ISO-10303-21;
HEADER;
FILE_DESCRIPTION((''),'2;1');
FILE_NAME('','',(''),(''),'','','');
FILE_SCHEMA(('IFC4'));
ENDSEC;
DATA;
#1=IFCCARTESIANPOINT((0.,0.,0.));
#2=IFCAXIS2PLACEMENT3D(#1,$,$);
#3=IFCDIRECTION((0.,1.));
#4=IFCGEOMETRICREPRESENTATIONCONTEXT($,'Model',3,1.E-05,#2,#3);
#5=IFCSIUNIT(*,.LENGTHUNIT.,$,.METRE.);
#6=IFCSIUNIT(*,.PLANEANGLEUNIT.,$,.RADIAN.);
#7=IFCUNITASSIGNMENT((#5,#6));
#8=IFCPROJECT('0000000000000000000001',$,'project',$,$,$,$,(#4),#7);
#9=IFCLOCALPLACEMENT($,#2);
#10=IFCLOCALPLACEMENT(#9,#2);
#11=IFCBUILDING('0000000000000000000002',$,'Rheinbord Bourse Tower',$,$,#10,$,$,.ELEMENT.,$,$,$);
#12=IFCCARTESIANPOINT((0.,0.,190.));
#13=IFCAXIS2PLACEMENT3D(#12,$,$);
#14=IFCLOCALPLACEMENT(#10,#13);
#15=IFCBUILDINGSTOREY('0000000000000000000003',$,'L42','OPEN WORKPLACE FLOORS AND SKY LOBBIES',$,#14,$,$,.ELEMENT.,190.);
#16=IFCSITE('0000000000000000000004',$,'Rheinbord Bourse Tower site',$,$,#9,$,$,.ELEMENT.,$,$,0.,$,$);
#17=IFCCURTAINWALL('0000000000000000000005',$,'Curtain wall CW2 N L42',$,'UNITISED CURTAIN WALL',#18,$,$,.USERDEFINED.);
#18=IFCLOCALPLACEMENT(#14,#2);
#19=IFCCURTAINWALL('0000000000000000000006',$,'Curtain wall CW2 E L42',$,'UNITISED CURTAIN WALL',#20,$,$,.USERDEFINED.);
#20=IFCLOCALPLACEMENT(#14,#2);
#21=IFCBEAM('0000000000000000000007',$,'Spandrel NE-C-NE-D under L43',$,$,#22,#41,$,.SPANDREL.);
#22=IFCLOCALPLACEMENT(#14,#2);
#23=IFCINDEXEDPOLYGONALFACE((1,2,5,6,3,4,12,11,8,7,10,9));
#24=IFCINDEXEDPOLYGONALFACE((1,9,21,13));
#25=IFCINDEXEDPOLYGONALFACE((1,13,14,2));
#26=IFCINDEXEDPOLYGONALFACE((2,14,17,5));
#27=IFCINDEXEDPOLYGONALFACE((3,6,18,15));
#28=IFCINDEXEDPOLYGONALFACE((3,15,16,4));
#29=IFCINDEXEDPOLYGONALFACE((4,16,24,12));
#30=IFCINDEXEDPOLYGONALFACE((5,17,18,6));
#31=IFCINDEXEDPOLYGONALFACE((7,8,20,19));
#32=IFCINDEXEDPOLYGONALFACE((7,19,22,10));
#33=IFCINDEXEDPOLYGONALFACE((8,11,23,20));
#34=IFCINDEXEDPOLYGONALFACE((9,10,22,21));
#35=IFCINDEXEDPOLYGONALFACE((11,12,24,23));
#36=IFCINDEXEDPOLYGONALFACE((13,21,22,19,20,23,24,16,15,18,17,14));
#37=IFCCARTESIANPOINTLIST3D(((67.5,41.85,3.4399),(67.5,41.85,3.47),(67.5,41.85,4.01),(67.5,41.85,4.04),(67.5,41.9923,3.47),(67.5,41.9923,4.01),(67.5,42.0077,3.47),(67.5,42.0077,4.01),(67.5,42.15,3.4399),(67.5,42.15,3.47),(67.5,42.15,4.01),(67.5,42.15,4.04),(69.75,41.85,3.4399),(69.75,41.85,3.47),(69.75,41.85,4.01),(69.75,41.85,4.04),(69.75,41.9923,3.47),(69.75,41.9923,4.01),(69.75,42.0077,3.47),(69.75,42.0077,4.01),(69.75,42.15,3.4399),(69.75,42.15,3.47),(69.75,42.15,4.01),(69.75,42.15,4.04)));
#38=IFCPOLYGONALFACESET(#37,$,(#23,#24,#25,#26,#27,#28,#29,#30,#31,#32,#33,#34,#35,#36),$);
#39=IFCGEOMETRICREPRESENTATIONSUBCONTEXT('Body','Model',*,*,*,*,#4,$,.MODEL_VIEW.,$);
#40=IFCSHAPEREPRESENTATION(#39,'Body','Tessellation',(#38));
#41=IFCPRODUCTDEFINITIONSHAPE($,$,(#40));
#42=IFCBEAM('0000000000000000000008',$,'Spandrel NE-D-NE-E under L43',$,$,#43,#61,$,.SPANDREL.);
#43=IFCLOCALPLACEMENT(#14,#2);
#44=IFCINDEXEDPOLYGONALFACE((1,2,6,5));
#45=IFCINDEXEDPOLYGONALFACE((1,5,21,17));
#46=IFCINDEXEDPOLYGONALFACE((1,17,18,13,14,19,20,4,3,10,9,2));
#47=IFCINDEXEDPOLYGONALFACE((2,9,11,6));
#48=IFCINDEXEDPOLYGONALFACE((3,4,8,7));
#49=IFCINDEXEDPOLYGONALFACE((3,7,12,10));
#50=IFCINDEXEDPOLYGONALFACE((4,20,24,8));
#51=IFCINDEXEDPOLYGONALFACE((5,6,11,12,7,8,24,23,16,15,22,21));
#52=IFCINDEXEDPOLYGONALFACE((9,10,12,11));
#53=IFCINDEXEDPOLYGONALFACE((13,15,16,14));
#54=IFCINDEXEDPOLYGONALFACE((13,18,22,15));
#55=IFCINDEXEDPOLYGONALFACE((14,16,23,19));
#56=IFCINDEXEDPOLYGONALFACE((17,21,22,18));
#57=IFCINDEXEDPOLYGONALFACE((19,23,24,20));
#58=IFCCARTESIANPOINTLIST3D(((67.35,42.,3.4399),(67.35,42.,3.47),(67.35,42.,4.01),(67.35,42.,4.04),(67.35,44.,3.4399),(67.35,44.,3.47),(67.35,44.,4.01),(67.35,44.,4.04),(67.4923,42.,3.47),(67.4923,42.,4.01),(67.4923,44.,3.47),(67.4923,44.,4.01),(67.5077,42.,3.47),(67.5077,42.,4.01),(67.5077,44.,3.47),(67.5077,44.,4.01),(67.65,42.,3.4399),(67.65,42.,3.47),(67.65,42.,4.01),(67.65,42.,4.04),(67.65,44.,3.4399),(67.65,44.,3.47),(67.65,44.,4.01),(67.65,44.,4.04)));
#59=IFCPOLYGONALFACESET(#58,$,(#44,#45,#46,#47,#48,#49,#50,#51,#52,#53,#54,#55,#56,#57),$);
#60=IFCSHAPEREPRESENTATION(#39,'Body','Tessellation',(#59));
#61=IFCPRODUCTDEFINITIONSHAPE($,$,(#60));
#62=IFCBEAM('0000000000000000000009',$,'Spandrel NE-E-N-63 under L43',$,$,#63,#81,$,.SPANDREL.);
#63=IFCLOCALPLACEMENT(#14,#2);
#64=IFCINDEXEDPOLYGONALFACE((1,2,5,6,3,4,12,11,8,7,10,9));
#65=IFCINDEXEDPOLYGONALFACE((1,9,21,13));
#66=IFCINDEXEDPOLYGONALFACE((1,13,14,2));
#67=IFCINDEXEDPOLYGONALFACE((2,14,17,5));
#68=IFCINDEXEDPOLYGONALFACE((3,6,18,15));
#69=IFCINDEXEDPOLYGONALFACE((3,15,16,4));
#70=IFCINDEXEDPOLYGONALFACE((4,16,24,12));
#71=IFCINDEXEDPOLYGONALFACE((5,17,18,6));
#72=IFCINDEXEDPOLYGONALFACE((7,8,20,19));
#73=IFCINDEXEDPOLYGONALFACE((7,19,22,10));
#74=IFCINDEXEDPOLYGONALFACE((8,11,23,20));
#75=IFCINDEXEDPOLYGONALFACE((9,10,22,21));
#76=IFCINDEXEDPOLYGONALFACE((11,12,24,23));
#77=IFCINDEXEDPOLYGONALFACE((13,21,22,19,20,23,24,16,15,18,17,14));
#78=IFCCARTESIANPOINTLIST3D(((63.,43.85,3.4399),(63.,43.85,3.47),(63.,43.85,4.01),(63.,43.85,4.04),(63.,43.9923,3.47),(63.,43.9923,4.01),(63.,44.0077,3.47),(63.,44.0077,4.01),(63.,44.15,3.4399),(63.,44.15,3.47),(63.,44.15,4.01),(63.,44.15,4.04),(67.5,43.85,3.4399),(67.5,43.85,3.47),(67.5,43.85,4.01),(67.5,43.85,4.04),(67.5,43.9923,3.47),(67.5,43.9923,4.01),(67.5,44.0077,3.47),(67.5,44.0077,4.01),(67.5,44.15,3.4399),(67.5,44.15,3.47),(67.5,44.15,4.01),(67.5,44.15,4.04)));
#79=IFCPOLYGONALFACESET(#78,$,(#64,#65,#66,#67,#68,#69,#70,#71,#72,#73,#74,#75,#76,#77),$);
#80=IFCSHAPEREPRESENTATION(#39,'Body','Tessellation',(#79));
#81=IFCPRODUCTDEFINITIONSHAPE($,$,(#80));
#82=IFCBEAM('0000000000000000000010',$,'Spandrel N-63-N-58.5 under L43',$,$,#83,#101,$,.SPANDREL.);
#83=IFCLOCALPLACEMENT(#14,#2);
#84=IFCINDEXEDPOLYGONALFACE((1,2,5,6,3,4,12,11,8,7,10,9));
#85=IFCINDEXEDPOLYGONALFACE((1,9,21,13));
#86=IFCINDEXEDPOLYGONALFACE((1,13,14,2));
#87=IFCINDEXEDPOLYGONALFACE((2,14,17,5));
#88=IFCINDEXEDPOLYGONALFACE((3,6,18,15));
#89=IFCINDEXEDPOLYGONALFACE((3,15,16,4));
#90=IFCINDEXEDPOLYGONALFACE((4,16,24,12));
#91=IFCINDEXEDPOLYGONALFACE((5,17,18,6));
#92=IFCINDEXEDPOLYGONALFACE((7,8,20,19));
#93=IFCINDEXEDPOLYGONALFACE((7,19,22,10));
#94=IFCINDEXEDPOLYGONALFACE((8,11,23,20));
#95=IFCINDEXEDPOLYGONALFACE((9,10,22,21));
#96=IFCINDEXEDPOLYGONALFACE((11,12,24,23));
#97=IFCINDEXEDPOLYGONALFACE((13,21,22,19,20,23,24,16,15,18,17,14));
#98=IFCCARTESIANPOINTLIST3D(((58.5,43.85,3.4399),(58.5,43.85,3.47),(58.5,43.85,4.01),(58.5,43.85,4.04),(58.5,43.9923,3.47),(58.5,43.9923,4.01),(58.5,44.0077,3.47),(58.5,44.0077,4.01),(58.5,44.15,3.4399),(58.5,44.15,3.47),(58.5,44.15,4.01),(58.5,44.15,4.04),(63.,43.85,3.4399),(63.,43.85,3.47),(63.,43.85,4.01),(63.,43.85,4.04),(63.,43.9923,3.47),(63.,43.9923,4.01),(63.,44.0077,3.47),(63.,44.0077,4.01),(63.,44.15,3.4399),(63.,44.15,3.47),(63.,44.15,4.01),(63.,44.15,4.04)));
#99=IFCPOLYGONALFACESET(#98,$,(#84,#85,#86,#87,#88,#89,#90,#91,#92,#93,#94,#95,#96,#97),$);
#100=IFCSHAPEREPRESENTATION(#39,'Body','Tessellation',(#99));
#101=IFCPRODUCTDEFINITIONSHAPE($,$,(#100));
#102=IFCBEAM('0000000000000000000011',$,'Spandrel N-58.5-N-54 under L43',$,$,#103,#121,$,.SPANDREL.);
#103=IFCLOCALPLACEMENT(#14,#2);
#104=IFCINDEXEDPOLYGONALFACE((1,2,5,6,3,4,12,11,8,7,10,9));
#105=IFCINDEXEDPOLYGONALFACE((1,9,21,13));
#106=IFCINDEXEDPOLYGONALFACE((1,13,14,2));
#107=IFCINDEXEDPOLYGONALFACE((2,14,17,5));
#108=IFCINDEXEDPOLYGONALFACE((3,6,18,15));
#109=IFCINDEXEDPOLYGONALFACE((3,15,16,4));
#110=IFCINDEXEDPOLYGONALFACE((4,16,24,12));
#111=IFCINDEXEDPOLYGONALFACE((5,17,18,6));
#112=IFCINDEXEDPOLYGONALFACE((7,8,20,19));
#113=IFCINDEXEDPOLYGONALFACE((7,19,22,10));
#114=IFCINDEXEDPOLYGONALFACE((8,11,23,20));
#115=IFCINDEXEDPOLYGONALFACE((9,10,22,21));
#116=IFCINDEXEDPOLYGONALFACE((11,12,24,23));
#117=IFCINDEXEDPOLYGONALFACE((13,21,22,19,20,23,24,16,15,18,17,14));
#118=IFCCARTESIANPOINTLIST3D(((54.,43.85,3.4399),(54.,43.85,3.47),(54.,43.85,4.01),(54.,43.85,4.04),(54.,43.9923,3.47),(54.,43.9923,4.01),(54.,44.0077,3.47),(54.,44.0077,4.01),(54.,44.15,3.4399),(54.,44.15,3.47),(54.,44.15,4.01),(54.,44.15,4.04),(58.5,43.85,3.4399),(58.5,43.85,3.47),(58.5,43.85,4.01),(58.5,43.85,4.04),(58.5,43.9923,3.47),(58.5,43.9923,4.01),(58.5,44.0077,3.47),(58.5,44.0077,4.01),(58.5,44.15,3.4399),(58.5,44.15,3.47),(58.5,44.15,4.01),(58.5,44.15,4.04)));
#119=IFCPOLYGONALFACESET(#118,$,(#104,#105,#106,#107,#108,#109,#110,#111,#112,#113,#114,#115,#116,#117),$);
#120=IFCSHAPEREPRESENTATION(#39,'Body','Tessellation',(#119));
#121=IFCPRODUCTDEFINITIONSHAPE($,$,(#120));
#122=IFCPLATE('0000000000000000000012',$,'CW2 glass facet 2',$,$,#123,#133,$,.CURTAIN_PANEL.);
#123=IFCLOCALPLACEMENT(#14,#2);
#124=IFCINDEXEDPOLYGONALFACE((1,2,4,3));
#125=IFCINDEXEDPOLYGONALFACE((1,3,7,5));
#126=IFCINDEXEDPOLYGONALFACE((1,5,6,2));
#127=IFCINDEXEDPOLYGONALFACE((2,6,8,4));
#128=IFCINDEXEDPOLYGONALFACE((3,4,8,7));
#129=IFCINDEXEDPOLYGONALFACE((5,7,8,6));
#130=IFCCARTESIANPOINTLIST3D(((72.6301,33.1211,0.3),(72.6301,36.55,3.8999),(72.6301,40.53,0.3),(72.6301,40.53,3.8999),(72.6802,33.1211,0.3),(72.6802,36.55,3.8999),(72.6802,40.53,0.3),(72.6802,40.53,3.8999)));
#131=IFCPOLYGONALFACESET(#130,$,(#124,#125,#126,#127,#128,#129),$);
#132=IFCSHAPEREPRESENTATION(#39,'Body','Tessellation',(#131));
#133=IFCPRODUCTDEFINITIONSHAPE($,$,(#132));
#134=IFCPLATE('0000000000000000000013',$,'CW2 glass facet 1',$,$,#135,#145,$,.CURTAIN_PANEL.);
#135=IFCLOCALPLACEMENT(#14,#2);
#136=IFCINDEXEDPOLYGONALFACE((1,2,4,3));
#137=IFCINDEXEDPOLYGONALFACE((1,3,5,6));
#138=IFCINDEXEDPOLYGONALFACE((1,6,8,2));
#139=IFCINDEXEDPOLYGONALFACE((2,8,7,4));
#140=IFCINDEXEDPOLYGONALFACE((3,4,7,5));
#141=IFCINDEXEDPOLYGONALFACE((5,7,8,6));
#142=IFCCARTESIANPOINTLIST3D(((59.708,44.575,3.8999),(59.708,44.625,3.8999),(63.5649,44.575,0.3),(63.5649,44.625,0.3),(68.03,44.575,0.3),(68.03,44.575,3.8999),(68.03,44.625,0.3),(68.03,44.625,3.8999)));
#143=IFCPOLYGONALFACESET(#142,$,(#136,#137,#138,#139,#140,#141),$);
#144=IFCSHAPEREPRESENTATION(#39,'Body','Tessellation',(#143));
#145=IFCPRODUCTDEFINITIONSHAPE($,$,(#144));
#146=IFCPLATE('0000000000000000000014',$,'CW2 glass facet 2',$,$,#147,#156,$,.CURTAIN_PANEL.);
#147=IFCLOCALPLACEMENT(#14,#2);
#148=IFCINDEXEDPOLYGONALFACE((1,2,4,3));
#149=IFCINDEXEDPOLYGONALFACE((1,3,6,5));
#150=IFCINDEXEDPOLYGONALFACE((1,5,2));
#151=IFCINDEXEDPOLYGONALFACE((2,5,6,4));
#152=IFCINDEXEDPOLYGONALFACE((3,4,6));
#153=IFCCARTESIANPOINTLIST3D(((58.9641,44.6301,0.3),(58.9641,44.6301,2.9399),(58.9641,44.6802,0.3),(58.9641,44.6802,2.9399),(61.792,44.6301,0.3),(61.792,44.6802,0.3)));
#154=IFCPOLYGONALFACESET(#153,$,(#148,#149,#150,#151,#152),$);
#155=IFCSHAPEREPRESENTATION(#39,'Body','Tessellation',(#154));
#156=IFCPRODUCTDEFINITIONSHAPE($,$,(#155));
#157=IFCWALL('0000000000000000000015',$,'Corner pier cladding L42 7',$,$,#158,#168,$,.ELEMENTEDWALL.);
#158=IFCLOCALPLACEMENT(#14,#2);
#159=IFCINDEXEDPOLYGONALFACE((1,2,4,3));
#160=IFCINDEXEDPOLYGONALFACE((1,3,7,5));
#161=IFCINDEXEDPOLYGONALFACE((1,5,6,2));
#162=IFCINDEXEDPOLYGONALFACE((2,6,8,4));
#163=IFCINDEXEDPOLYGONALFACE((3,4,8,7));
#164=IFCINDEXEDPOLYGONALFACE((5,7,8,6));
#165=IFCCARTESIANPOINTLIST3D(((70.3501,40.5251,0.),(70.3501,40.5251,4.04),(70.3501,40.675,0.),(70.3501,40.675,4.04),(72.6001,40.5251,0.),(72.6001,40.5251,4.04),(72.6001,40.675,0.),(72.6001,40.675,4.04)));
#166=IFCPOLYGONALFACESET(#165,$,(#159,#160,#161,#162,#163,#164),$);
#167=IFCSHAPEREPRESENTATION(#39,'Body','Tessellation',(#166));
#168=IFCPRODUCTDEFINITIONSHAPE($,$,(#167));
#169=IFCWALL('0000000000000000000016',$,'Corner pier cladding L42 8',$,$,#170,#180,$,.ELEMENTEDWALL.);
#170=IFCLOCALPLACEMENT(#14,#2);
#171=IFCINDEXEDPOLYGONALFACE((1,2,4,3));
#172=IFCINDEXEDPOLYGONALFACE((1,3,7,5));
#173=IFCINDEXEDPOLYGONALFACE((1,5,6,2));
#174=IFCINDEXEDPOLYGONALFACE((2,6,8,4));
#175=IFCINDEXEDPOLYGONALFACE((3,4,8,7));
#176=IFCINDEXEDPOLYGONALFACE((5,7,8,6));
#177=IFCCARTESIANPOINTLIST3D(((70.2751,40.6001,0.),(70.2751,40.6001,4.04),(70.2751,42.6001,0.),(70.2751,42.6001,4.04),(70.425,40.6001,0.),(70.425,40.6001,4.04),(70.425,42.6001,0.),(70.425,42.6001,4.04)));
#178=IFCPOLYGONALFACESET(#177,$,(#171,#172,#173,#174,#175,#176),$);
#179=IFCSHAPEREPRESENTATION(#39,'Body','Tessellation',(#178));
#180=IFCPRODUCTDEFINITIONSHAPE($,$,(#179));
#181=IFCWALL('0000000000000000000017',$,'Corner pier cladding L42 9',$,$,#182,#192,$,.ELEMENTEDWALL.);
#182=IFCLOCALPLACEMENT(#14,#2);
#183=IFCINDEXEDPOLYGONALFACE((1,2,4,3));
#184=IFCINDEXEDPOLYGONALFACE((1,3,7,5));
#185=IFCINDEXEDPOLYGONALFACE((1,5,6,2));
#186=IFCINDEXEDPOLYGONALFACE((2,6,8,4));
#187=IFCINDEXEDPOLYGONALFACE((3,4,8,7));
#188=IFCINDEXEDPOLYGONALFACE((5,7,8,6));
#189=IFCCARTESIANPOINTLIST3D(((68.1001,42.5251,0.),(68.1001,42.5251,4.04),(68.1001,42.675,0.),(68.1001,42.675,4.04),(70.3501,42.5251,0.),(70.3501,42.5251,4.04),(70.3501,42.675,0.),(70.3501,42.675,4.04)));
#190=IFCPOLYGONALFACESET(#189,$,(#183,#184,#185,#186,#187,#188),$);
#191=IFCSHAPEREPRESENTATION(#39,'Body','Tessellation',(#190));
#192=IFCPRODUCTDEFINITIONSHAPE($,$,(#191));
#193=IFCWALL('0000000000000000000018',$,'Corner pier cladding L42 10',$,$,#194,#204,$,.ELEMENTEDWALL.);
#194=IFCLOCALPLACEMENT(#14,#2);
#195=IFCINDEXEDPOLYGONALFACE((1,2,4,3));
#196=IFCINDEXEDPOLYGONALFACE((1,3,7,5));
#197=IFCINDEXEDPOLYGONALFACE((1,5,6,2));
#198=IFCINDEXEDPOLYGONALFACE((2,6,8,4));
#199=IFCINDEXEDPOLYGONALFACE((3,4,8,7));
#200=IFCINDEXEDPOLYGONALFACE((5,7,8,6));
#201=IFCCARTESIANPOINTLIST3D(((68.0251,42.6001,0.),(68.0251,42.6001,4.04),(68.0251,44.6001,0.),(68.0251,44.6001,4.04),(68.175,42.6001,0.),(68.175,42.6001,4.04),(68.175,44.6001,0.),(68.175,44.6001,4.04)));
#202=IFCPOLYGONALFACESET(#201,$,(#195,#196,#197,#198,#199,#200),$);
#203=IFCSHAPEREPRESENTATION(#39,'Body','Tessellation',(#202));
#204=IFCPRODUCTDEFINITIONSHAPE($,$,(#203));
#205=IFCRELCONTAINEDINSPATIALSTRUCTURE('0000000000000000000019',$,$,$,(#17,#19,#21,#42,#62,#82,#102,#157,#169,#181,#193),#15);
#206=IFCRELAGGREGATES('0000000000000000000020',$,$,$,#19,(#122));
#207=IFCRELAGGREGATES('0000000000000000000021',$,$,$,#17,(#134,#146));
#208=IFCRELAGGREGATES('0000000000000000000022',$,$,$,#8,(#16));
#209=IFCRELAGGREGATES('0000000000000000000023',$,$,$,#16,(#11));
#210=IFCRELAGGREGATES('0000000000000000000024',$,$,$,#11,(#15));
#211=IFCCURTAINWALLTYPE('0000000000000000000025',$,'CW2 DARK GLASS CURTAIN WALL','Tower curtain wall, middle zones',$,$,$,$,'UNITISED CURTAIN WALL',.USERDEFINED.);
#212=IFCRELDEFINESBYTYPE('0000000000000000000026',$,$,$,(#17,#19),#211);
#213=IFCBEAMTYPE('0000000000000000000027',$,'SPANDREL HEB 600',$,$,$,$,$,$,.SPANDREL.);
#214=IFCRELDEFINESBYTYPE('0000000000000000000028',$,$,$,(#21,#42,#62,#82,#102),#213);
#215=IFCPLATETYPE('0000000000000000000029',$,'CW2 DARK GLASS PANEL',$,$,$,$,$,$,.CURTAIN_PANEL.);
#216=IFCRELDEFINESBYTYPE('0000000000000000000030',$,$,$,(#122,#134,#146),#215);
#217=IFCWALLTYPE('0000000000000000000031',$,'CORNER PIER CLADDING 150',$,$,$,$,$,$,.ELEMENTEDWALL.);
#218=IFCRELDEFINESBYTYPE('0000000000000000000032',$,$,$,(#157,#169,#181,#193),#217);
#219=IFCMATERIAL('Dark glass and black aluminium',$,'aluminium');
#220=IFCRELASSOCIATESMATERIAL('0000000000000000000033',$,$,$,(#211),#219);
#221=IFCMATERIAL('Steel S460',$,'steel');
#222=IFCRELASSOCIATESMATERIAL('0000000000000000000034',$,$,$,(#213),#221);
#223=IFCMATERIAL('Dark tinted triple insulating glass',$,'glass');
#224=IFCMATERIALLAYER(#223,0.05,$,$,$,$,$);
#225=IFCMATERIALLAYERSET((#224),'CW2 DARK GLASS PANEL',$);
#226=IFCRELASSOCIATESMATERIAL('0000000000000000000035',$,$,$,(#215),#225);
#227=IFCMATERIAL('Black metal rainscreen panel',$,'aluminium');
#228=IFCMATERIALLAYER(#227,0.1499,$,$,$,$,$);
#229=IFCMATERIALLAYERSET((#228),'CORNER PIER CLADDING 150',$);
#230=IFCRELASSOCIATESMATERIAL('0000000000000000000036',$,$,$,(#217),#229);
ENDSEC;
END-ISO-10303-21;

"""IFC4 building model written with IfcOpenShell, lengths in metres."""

from ifc_helpers import new_model, si_unit, direction, frame, frame_2d, origin, origin_2d, place, context, subcontext, project, spatial, polyline, rectangle, i_section, outline, extrude, material, layer, layer_set, material_profile, profile_set, type_object, element, aggregate, save


model = new_model("IFC4")

# Units and contexts
model_context = context("Model", 3, precision=1e-05, world=origin(), true_north=direction((0.0, 1.0)))
body_context = subcontext(model_context, "Body", "Model", "MODEL_VIEW")
ifc_project = project(units=[si_unit("LENGTHUNIT", "METRE"), si_unit("PLANEANGLEUNIT", "RADIAN")], contexts=[model_context])

# Site, building, storey
site_placement = place(None, origin())
site = spatial("IfcSite", under=ifc_project, at=site_placement, Name="Rheinbord Bourse Tower site", CompositionType="ELEMENT", RefElevation=0.0)
building_placement = place(site_placement, origin())
building = spatial("IfcBuilding", under=site, at=building_placement, Name="Rheinbord Bourse Tower", CompositionType="ELEMENT")
storey_placement = place(building_placement, frame((0.0, 0.0, 190.0)))
storey = spatial("IfcBuildingStorey", under=building, at=storey_placement, Name="L42", Description="OPEN WORKPLACE FLOORS AND SKY LOBBIES", CompositionType="ELEMENT", Elevation=190.0)

# Curtain walls
ifc_material_1 = material(Name="Dark glass and black aluminium", Category="aluminium")
curtain_wall_type = type_object("IfcCurtainWallType", Name="CW2 DARK GLASS CURTAIN WALL", Description="Tower curtain wall, middle zones", ElementType="UNITISED CURTAIN WALL", PredefinedType="USERDEFINED", material=ifc_material_1)
curtain_wall_1_placement = place(storey_placement, origin())
curtain_wall_1 = element("IfcCurtainWall", 1, at=curtain_wall_1_placement, inside=storey, type_object=curtain_wall_type, Name="Curtain wall CW2 N L42", ObjectType="UNITISED CURTAIN WALL", PredefinedType="USERDEFINED")
curtain_wall_2_placement = place(storey_placement, origin())
curtain_wall_2 = element("IfcCurtainWall", 2, at=curtain_wall_2_placement, inside=storey, type_object=curtain_wall_type, Name="Curtain wall CW2 E L42", ObjectType="UNITISED CURTAIN WALL", PredefinedType="USERDEFINED")

# Beams
ifc_material_2 = material(Name="Steel S460", Category="steel")
ifc_material_profile_1 = material_profile(ifc_material_2, i_section(OverallWidth=0.3, OverallDepth=0.6001, WebThickness=0.0154, FlangeThickness=0.03, at=origin_2d()), Name="HEB 600")
ifc_profile_set_1 = profile_set([ifc_material_profile_1], Name="Steel S460")
beam_type_1 = type_object("IfcBeamType", Name="SPANDREL HEB 600", PredefinedType="SPANDREL", material=ifc_profile_set_1)
for number, where, z_axis, x_axis, name in (
    (3, (69.75, 42.0, 3.74), (-1.0, 0.0, 0.0), (0.0, -1.0, 0.0), "Spandrel NE-C-NE-D under L43"),
):
    element("IfcBeam", number, at=place(storey_placement, frame(where, z_axis=z_axis, x_axis=x_axis)), inside=storey, type_object=beam_type_1, Name=name, PredefinedType="SPANDREL", context=body_context, shape_type="SweptSolid", body=[
        extrude(i_section(OverallWidth=0.3, OverallDepth=0.6001, WebThickness=0.0154, FlangeThickness=0.03, at=origin_2d()), origin(), (0.0, 0.0, 1.0), 2.25),
    ])
beam_placement = place(storey_placement, frame((67.5, 42.0, 3.74), z_axis=(0.0, 1.0, 0.0), x_axis=(-1.0, 0.0, 0.0)))
element("IfcBeam", 4, at=beam_placement, inside=storey, type_object=beam_type_1, Name="Spandrel NE-D-NE-E under L43", PredefinedType="SPANDREL", context=body_context, shape_type="SweptSolid", body=[
    extrude(i_section(OverallWidth=0.3, OverallDepth=0.6001, WebThickness=0.0154, FlangeThickness=0.03, at=origin_2d()), origin(), (0.0, 0.0, 1.0), 2.0),
])
for number, where, z_axis, x_axis, name in (
    (5, (67.5, 44.0, 3.74), (-1.0, 0.0, 0.0), (0.0, -1.0, 0.0), "Spandrel NE-E-N-63 under L43"),
    (6, (63.0, 44.0, 3.74), (-1.0, 0.0, 0.0), (0.0, -1.0, 0.0), "Spandrel N-63-N-58.5 under L43"),
    (7, (58.5, 44.0, 3.74), (-1.0, 0.0, 0.0), (0.0, -1.0, 0.0), "Spandrel N-58.5-N-54 under L43"),
):
    element("IfcBeam", number, at=place(storey_placement, frame(where, z_axis=z_axis, x_axis=x_axis)), inside=storey, type_object=beam_type_1, Name=name, PredefinedType="SPANDREL", context=body_context, shape_type="SweptSolid", body=[
        extrude(i_section(OverallWidth=0.3, OverallDepth=0.6001, WebThickness=0.0154, FlangeThickness=0.03, at=origin_2d()), origin(), (0.0, 0.0, 1.0), 4.5),
    ])

# Plates
ifc_material_3 = material(Name="Dark tinted triple insulating glass", Category="glass")
ifc_layer_1 = layer(ifc_material_3, 0.05)
ifc_layer_set_1 = layer_set([ifc_layer_1], Name="CW2 DARK GLASS PANEL")
plate_type = type_object("IfcPlateType", Name="CW2 DARK GLASS PANEL", PredefinedType="CURTAIN_PANEL", material=ifc_layer_set_1)
plate_1_placement = place(storey_placement, frame((72.6802, 40.53, 3.8999), z_axis=(-1.0, 0.0, 0.0), x_axis=(0.0, 0.0, -1.0)))
plate_1 = element("IfcPlate", 8, at=plate_1_placement, type_object=plate_type, Name="CW2 glass facet 2", PredefinedType="CURTAIN_PANEL", context=body_context, shape_type="SweptSolid", body=[
    extrude(outline(polyline([(0.0, 0.0), (3.5999, 0.0), (3.5999, 7.4089), (0.0, 3.98), (0.0, 0.0)])), origin(), (0.0, 0.0, 1.0), 0.05),
])
aggregate(curtain_wall_2, [plate_1])
plate_2_placement = place(storey_placement, frame((68.03, 44.625, 0.3), z_axis=(0.0, -1.0, 0.0), x_axis=(0.0, 0.0, 1.0)))
plate_2 = element("IfcPlate", 9, at=plate_2_placement, type_object=plate_type, Name="CW2 glass facet 1", PredefinedType="CURTAIN_PANEL", context=body_context, shape_type="SweptSolid", body=[
    extrude(outline(polyline([(0.0, 0.0), (3.5999, 0.0), (3.5999, 8.322), (0.0, 4.4651), (0.0, 0.0)])), origin(), (0.0, 0.0, 1.0), 0.05),
])
plate_3_placement = place(storey_placement, frame((58.9641, 44.6802, 0.3), z_axis=(0.0, -1.0, 0.0), x_axis=(1.0, 0.0, 0.0)))
plate_3 = element("IfcPlate", 10, at=plate_3_placement, type_object=plate_type, Name="CW2 glass facet 2", PredefinedType="CURTAIN_PANEL", context=body_context, shape_type="SweptSolid", body=[
    extrude(outline(polyline([(0.0, 0.0), (2.8279, 0.0), (0.0, 2.6399), (0.0, 0.0)])), origin(), (0.0, 0.0, 1.0), 0.05),
])
aggregate(curtain_wall_1, [plate_2, plate_3])

# Walls
ifc_material_4 = material(Name="Black metal rainscreen panel", Category="aluminium")
ifc_layer_2 = layer(ifc_material_4, 0.1499)
ifc_layer_set_2 = layer_set([ifc_layer_2], Name="CORNER PIER CLADDING 150")
wall_type = type_object("IfcWallType", Name="CORNER PIER CLADDING 150", PredefinedType="ELEMENTEDWALL", material=ifc_layer_set_2)
wall_1_placement = place(storey_placement, frame((72.6001, 40.6001, 0.0), z_axis=(0.0, 0.0, 1.0), x_axis=(-1.0, 0.0, 0.0)))
element("IfcWall", 11, at=wall_1_placement, inside=storey, type_object=wall_type, Name="Corner pier cladding L42 7", PredefinedType="ELEMENTEDWALL", context=body_context, shape_type="SweptSolid", body=[
    extrude(rectangle(XDim=2.25, YDim=0.1499, at=frame_2d((1.125, 0.0))), origin(), (0.0, 0.0, 1.0), 4.04),
])
wall_2_placement = place(storey_placement, frame((70.3501, 40.6001, 0.0), z_axis=(0.0, 0.0, 1.0), x_axis=(0.0, 1.0, 0.0)))
element("IfcWall", 12, at=wall_2_placement, inside=storey, type_object=wall_type, Name="Corner pier cladding L42 8", PredefinedType="ELEMENTEDWALL", context=body_context, shape_type="SweptSolid", body=[
    extrude(rectangle(XDim=2.0, YDim=0.1499, at=frame_2d((1.0, 0.0))), origin(), (0.0, 0.0, 1.0), 4.04),
])
wall_3_placement = place(storey_placement, frame((70.3501, 42.6001, 0.0), z_axis=(0.0, 0.0, 1.0), x_axis=(-1.0, 0.0, 0.0)))
element("IfcWall", 13, at=wall_3_placement, inside=storey, type_object=wall_type, Name="Corner pier cladding L42 9", PredefinedType="ELEMENTEDWALL", context=body_context, shape_type="SweptSolid", body=[
    extrude(rectangle(XDim=2.25, YDim=0.1499, at=frame_2d((1.125, 0.0))), origin(), (0.0, 0.0, 1.0), 4.04),
])
wall_4_placement = place(storey_placement, frame((68.1001, 42.6001, 0.0), z_axis=(0.0, 0.0, 1.0), x_axis=(0.0, 1.0, 0.0)))
element("IfcWall", 14, at=wall_4_placement, inside=storey, type_object=wall_type, Name="Corner pier cladding L42 10", PredefinedType="ELEMENTEDWALL", context=body_context, shape_type="SweptSolid", body=[
    extrude(rectangle(XDim=2.0, YDim=0.1499, at=frame_2d((1.0, 0.0))), origin(), (0.0, 0.0, 1.0), 4.04),
])

save(model, "model.ifc")
